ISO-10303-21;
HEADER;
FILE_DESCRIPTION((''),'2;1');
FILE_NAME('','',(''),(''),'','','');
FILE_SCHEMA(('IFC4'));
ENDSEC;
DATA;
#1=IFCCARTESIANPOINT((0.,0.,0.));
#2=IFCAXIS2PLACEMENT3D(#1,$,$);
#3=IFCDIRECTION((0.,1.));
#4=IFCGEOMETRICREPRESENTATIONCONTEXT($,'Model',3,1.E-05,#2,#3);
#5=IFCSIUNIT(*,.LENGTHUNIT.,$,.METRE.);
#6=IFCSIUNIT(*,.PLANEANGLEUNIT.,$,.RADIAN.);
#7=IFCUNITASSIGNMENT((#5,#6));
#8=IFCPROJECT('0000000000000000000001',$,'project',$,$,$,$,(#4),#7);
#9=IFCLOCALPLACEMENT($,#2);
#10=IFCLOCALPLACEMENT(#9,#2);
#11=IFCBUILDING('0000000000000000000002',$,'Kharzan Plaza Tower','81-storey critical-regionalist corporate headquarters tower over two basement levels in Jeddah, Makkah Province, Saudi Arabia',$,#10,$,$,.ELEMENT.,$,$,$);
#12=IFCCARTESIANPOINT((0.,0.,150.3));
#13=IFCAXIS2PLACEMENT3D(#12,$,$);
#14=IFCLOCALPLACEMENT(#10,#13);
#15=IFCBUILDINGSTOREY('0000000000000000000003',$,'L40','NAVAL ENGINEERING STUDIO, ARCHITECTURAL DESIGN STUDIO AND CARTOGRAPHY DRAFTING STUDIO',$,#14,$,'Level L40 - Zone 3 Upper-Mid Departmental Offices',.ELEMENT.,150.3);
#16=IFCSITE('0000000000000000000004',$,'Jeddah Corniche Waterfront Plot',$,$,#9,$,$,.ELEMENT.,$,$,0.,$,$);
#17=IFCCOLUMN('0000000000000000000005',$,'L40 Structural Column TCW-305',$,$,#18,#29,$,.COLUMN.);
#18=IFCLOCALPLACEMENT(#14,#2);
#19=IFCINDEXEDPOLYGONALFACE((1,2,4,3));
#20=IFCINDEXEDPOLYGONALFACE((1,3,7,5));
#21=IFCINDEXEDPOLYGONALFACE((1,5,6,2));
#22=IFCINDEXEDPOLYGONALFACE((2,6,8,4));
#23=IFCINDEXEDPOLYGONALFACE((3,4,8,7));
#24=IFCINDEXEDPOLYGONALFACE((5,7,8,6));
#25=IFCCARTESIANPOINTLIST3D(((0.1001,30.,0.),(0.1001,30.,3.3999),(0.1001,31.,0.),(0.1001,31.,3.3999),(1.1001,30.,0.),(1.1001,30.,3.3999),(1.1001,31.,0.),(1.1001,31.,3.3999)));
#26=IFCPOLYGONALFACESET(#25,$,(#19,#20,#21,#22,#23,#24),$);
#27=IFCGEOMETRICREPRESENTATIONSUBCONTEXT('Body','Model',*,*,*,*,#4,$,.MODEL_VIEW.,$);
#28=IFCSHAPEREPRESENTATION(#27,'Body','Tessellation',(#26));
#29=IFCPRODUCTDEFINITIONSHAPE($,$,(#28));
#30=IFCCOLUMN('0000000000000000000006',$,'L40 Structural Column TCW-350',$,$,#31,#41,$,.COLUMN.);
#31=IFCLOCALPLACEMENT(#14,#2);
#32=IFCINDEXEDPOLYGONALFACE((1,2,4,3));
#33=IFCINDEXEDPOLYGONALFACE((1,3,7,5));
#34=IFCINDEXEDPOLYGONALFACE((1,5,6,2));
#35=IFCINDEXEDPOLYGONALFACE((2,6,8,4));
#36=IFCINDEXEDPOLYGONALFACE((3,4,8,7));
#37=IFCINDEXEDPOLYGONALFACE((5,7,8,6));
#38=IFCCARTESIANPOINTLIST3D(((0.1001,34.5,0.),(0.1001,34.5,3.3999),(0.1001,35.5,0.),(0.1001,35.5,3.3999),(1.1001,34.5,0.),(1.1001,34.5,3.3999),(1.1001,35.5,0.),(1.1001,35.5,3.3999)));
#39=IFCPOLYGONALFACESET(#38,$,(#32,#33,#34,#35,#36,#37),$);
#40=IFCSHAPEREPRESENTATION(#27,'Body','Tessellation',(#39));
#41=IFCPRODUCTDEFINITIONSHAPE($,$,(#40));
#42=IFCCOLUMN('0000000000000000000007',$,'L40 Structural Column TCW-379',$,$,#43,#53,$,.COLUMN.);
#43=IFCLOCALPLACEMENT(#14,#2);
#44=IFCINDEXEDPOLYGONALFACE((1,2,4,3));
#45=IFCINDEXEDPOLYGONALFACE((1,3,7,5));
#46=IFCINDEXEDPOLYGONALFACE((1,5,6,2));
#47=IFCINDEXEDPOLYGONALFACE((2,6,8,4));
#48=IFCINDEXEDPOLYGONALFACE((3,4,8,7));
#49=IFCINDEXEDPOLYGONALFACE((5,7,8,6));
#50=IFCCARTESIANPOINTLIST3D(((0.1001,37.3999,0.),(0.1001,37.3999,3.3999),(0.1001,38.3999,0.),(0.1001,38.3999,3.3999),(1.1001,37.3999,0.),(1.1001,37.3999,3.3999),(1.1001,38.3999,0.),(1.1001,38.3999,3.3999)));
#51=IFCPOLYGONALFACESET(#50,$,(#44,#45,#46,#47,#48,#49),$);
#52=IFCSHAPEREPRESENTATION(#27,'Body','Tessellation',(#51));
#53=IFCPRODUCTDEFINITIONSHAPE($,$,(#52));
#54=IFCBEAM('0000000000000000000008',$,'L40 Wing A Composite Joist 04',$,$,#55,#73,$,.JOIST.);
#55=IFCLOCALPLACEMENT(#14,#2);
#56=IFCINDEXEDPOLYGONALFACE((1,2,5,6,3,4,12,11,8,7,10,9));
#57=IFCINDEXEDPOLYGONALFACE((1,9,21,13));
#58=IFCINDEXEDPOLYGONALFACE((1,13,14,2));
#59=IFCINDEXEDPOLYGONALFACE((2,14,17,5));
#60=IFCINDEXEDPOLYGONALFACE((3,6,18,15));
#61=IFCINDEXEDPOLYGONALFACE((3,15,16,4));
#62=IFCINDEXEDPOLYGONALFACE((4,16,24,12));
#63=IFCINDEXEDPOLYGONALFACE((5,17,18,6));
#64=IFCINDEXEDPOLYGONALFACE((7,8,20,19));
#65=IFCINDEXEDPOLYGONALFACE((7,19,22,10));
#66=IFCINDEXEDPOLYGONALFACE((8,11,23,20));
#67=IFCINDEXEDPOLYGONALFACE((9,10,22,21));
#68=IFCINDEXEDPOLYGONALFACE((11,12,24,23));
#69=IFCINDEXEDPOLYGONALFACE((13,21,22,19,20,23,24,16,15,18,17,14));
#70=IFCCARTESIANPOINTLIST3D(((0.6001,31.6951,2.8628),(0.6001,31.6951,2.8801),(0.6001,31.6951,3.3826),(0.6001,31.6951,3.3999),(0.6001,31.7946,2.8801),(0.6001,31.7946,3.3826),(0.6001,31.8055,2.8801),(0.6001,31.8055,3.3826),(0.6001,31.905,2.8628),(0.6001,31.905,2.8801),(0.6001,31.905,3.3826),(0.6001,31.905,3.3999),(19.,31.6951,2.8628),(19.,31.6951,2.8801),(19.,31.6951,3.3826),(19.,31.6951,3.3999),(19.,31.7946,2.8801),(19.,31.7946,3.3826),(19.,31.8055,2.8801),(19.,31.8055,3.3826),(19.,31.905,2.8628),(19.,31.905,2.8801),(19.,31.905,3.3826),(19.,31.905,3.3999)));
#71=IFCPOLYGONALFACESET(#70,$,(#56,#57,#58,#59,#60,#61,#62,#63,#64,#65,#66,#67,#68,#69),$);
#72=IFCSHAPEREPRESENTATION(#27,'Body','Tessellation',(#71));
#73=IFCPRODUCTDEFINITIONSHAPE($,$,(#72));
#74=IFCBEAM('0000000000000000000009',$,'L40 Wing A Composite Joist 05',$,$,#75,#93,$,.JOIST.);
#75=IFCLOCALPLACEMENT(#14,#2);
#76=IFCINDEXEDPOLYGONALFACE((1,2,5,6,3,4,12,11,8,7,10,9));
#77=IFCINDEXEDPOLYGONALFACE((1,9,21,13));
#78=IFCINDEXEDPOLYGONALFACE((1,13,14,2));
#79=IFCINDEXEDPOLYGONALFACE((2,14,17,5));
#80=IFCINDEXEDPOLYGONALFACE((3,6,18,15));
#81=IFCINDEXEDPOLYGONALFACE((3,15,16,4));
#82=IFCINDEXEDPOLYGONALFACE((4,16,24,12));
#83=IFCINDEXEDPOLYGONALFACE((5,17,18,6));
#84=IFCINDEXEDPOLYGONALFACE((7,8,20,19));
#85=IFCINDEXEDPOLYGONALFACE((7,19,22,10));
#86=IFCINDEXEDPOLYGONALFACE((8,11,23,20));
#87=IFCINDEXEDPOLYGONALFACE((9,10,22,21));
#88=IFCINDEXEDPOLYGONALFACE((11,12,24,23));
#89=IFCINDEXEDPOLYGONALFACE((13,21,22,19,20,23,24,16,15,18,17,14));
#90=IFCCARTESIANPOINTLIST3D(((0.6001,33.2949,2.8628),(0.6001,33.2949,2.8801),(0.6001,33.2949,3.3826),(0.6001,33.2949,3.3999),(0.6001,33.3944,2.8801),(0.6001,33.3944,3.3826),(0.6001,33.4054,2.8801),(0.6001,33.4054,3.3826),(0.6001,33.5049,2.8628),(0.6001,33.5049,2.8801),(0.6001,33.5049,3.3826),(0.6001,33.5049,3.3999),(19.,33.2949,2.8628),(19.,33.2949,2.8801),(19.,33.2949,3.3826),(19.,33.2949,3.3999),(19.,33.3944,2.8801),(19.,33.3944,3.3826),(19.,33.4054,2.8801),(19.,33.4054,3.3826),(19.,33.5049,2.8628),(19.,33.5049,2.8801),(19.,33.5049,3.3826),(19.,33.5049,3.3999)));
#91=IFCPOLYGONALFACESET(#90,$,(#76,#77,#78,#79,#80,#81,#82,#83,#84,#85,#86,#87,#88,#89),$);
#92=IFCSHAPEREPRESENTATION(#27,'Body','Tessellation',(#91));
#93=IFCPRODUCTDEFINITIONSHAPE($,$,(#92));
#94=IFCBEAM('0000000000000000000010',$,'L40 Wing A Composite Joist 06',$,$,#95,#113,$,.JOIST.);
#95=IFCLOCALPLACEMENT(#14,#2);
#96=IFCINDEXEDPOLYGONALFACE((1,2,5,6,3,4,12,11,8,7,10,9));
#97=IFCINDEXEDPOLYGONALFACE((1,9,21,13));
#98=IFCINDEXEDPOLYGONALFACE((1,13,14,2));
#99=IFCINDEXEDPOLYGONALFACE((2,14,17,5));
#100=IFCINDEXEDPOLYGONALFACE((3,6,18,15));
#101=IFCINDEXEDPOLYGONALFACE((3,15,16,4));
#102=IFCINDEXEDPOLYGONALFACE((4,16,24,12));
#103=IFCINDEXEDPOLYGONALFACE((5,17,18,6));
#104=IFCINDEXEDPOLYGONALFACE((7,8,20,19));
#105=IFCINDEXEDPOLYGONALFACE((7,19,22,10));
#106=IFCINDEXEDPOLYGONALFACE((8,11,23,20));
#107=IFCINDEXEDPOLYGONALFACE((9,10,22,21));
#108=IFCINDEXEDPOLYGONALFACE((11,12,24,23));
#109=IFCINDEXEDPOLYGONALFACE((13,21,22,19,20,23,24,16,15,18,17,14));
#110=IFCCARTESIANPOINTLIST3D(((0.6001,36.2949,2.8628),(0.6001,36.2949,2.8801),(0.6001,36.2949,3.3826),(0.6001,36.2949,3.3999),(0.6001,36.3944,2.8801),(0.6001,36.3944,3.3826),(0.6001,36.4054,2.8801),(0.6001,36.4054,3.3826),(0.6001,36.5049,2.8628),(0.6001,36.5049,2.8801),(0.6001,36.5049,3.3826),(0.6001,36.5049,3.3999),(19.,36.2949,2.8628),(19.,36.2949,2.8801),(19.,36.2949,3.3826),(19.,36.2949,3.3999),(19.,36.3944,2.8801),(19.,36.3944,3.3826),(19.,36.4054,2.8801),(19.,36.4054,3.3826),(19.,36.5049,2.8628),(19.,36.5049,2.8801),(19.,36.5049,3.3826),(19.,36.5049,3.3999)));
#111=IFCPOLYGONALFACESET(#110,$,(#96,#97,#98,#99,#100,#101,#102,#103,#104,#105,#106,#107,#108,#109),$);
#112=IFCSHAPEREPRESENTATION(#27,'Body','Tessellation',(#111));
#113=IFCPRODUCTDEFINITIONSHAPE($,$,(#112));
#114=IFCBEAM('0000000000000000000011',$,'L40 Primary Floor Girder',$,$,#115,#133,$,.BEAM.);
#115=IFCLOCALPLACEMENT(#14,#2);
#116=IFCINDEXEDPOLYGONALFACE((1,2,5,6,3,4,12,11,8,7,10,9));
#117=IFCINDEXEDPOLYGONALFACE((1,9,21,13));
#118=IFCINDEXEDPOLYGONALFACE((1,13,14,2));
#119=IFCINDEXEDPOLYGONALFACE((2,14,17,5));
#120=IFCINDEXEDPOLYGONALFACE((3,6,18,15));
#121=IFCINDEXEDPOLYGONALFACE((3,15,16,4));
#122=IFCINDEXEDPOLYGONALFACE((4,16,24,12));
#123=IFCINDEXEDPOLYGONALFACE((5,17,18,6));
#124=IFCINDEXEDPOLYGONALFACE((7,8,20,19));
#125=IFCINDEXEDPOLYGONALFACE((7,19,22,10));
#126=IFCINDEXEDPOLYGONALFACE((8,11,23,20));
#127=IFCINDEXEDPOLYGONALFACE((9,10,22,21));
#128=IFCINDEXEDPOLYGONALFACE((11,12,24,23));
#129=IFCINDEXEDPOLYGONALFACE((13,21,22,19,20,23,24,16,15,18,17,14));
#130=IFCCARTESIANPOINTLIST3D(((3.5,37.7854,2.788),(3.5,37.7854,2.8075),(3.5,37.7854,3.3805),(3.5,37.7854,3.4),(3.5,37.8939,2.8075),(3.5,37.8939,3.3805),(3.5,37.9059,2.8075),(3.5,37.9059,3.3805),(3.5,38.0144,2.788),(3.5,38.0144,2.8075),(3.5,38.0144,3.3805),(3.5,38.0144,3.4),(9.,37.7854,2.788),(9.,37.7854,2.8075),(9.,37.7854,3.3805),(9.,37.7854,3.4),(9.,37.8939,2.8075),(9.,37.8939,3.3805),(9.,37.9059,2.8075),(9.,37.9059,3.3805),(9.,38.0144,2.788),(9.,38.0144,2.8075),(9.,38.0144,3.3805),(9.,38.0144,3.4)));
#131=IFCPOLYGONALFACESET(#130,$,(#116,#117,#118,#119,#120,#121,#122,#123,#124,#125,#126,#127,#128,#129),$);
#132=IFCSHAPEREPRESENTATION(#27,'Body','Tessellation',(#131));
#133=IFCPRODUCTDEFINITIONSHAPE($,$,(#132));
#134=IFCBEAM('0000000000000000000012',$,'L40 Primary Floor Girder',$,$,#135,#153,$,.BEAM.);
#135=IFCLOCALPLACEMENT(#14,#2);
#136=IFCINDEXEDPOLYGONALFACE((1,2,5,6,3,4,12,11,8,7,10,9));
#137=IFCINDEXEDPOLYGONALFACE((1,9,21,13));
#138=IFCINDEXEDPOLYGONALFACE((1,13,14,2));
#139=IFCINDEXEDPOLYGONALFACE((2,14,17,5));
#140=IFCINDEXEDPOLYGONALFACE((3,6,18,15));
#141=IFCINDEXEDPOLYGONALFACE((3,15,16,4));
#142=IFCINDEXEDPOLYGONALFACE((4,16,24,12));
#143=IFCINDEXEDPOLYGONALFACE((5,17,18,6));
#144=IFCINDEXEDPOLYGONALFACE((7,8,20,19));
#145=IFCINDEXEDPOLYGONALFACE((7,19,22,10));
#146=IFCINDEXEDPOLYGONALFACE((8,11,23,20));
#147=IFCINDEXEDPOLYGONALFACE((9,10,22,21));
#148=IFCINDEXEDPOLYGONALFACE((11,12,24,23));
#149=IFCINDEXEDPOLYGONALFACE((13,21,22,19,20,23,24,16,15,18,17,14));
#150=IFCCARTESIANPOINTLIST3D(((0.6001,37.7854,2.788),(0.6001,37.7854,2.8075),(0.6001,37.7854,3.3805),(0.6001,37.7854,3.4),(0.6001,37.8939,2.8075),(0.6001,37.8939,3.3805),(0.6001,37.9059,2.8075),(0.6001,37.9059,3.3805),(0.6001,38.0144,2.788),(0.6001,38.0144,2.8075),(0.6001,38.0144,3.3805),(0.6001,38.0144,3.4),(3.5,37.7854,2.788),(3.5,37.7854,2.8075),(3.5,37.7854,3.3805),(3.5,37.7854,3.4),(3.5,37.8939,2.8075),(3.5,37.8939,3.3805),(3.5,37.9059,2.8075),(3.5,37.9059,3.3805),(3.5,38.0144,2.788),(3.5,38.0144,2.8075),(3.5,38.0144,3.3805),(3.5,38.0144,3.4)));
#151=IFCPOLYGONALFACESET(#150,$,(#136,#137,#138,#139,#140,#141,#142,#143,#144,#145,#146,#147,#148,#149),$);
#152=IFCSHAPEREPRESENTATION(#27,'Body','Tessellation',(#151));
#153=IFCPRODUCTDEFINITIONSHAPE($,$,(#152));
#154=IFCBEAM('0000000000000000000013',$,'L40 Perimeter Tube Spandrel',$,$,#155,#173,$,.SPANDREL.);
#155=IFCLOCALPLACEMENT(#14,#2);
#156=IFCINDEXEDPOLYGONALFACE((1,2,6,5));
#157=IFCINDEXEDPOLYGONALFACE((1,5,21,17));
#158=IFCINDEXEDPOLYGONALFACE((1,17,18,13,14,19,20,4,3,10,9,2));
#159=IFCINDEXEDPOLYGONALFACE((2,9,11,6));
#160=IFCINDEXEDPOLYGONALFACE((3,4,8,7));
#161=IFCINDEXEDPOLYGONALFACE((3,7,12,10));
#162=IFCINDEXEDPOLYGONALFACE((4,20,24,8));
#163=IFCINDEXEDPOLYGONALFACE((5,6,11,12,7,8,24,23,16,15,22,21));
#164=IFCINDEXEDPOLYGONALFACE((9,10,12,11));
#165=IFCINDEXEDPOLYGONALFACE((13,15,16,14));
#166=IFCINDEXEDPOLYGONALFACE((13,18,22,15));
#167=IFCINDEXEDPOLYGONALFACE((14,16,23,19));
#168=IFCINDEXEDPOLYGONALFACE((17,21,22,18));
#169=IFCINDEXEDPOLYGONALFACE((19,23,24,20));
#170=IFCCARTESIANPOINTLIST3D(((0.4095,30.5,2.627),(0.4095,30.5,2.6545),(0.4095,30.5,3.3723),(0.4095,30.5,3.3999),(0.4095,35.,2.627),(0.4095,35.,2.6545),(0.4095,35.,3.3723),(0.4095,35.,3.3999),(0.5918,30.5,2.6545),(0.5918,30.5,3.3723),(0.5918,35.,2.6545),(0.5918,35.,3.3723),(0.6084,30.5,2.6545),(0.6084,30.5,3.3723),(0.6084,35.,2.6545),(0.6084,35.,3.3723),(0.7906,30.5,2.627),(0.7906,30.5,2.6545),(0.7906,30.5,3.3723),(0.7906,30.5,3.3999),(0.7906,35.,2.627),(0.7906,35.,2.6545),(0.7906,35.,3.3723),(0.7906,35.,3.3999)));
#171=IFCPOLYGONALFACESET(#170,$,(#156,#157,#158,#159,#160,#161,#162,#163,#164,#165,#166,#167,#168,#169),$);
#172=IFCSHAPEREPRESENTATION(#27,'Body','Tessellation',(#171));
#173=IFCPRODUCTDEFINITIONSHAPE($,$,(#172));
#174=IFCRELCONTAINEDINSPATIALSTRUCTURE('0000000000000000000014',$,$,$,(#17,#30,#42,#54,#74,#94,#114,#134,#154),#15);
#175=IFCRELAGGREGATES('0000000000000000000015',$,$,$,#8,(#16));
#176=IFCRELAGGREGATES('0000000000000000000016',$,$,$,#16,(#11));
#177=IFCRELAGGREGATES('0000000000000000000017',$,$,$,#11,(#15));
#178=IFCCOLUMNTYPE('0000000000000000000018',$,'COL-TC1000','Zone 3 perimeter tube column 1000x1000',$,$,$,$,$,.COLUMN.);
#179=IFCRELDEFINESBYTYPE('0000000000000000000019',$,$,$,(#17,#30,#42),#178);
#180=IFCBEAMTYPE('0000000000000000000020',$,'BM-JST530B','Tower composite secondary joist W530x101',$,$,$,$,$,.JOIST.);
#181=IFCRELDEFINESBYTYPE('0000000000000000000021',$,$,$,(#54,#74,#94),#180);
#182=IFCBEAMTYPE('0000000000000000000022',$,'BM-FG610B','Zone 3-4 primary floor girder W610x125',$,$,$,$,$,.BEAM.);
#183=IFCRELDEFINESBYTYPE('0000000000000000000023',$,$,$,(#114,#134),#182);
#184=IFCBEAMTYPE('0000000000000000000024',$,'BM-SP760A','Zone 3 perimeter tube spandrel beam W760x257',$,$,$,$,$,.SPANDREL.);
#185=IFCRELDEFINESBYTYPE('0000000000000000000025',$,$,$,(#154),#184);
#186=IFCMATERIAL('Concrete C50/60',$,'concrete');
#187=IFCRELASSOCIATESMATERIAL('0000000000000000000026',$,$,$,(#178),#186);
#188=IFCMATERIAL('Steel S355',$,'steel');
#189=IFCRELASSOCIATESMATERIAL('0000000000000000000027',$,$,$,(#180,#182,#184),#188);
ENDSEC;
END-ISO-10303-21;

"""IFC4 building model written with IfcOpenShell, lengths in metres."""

from ifc_helpers import new_model, si_unit, direction, frame, origin, origin_2d, place, context, subcontext, project, spatial, rectangle, i_section, extrude, source, transform, mapped, material, material_profile, profile_set, type_object, element, save


model = new_model("IFC4")

# Units and contexts
model_context = context("Model", 3, precision=1e-05, world=origin(), true_north=direction((0.0, 1.0)))
body_context = subcontext(model_context, "Body", "Model", "MODEL_VIEW")
ifc_project = project(units=[si_unit("LENGTHUNIT", "METRE"), si_unit("PLANEANGLEUNIT", "RADIAN")], contexts=[model_context])

# Site, building, storey
site_placement = place(None, origin())
site = spatial("IfcSite", under=ifc_project, at=site_placement, Name="Jeddah Corniche Waterfront Plot", CompositionType="ELEMENT", RefElevation=0.0)
building_placement = place(site_placement, origin())
building = spatial("IfcBuilding", under=site, at=building_placement, Name="Kharzan Plaza Tower", Description="81-storey critical-regionalist corporate headquarters tower over two basement levels in Jeddah, Makkah Province, Saudi Arabia", CompositionType="ELEMENT")
storey_placement = place(building_placement, frame((0.0, 0.0, 150.3)))
storey = spatial("IfcBuildingStorey", under=building, at=storey_placement, Name="L40", Description="NAVAL ENGINEERING STUDIO, ARCHITECTURAL DESIGN STUDIO AND CARTOGRAPHY DRAFTING STUDIO", LongName="Level L40 - Zone 3 Upper-Mid Departmental Offices", CompositionType="ELEMENT", Elevation=150.3)

# Columns
ifc_material_1 = material(Name="Concrete C50/60", Category="concrete")
ifc_material_profile_1 = material_profile(ifc_material_1, rectangle(XDim=1.0, YDim=1.0, at=origin_2d()), Name="RC-TC1000x1000")
ifc_profile_set_1 = profile_set([ifc_material_profile_1], Name="Concrete C50/60")
column_type = type_object("IfcColumnType", Name="COL-TC1000", Description="Zone 3 perimeter tube column 1000x1000", PredefinedType="COLUMN", material=ifc_profile_set_1)
shared_shape_1 = source(origin(), body_context, "Body", "SweptSolid", [
    extrude(rectangle(XDim=1.0, YDim=1.0, at=origin_2d()), origin(), (0.0, 0.0, 1.0), 3.3999),
])
for number, where, z_axis, x_axis, name in (
    (1, (0.6001, 30.5, 0.0), (0.0, 0.0, 1.0), (1.0, 0.0, 0.0), "L40 Structural Column TCW-305"),
    (2, (0.6001, 35.0, 0.0), (0.0, 0.0, 1.0), (1.0, 0.0, 0.0), "L40 Structural Column TCW-350"),
    (3, (0.6001, 37.8999, 0.0), (0.0, 0.0, 1.0), (1.0, 0.0, 0.0), "L40 Structural Column TCW-379"),
):
    element("IfcColumn", number, at=place(storey_placement, frame(where, z_axis=z_axis, x_axis=x_axis)), inside=storey, type_object=column_type, Name=name, PredefinedType="COLUMN", context=body_context, shape_type="MappedRepresentation", body=[
        mapped(shared_shape_1, transform((0.0, 0.0, 0.0), x_axis=(1.0, 0.0, 0.0), y_axis=(0.0, 1.0, 0.0), z_axis=(0.0, 0.0, 1.0))),
    ])

# Beams
ifc_material_2 = material(Name="Steel S355", Category="steel")
ifc_material_profile_2 = material_profile(ifc_material_2, i_section(OverallWidth=0.21, OverallDepth=0.5371, WebThickness=0.011, FlangeThickness=0.0173, at=origin_2d()), Name="W530x101")
ifc_profile_set_2 = profile_set([ifc_material_profile_2], Name="Steel S355")
beam_type_1 = type_object("IfcBeamType", Name="BM-JST530B", Description="Tower composite secondary joist W530x101", PredefinedType="JOIST", material=ifc_profile_set_2)
shared_shape_2 = source(origin(), body_context, "Body", "SweptSolid", [
    extrude(i_section(OverallWidth=0.21, OverallDepth=0.5371, WebThickness=0.011, FlangeThickness=0.0173, at=origin_2d()), origin(), (0.0, 0.0, 1.0), 18.3999),
])
for number, where, z_axis, x_axis, name in (
    (4, (0.6001, 31.8, 3.1313), (1.0, 0.0, 0.0), (0.0, 1.0, 0.0), "L40 Wing A Composite Joist 04"),
    (5, (0.6001, 33.3999, 3.1313), (1.0, 0.0, 0.0), (0.0, 1.0, 0.0), "L40 Wing A Composite Joist 05"),
    (6, (0.6001, 36.3999, 3.1313), (1.0, 0.0, 0.0), (0.0, 1.0, 0.0), "L40 Wing A Composite Joist 06"),
):
    element("IfcBeam", number, at=place(storey_placement, frame(where, z_axis=z_axis, x_axis=x_axis)), inside=storey, type_object=beam_type_1, Name=name, PredefinedType="JOIST", context=body_context, shape_type="MappedRepresentation", body=[
        mapped(shared_shape_2, transform((0.0, 0.0, 0.0), x_axis=(1.0, 0.0, 0.0), y_axis=(0.0, 1.0, 0.0), z_axis=(0.0, 0.0, 1.0))),
    ])
ifc_material_profile_3 = material_profile(ifc_material_2, i_section(OverallWidth=0.229, OverallDepth=0.6121, WebThickness=0.012, FlangeThickness=0.0195, at=origin_2d()), Name="W610x125")
ifc_profile_set_3 = profile_set([ifc_material_profile_3], Name="Steel S355")
beam_type_2 = type_object("IfcBeamType", Name="BM-FG610B", Description="Zone 3-4 primary floor girder W610x125", PredefinedType="BEAM", material=ifc_profile_set_3)
shared_shape_3 = source(origin(), body_context, "Body", "SweptSolid", [
    extrude(i_section(OverallWidth=0.229, OverallDepth=0.6121, WebThickness=0.012, FlangeThickness=0.0195, at=origin_2d()), origin(), (0.0, 0.0, 1.0), 5.5),
])
beam_1_placement = place(storey_placement, frame((3.5, 37.8999, 3.094), z_axis=(1.0, 0.0, 0.0), x_axis=(0.0, 1.0, 0.0)))
element("IfcBeam", 7, at=beam_1_placement, inside=storey, type_object=beam_type_2, Name="L40 Primary Floor Girder", PredefinedType="BEAM", context=body_context, shape_type="MappedRepresentation", body=[
    mapped(shared_shape_3, transform((0.0, 0.0, 0.0), x_axis=(1.0, 0.0, 0.0), y_axis=(0.0, 1.0, 0.0), z_axis=(0.0, 0.0, 1.0))),
])
shared_shape_4 = source(origin(), body_context, "Body", "SweptSolid", [
    extrude(i_section(OverallWidth=0.229, OverallDepth=0.6121, WebThickness=0.012, FlangeThickness=0.0195, at=origin_2d()), origin(), (0.0, 0.0, 1.0), 2.8999),
])
beam_2_placement = place(storey_placement, frame((0.6001, 37.8999, 3.094), z_axis=(1.0, 0.0, 0.0), x_axis=(0.0, 1.0, 0.0)))
element("IfcBeam", 8, at=beam_2_placement, inside=storey, type_object=beam_type_2, Name="L40 Primary Floor Girder", PredefinedType="BEAM", context=body_context, shape_type="MappedRepresentation", body=[
    mapped(shared_shape_4, transform((0.0, 0.0, 0.0), x_axis=(1.0, 0.0, 0.0), y_axis=(0.0, 1.0, 0.0), z_axis=(0.0, 0.0, 1.0))),
])
ifc_material_profile_4 = material_profile(ifc_material_2, i_section(OverallWidth=0.3811, OverallDepth=0.7729, WebThickness=0.0166, FlangeThickness=0.0276, at=origin_2d()), Name="W760x257")
ifc_profile_set_4 = profile_set([ifc_material_profile_4], Name="Steel S355")
beam_type_3 = type_object("IfcBeamType", Name="BM-SP760A", Description="Zone 3 perimeter tube spandrel beam W760x257", PredefinedType="SPANDREL", material=ifc_profile_set_4)
shared_shape_5 = source(origin(), body_context, "Body", "SweptSolid", [
    extrude(i_section(OverallWidth=0.3811, OverallDepth=0.7729, WebThickness=0.0166, FlangeThickness=0.0276, at=origin_2d()), origin(), (0.0, 0.0, 1.0), 4.5),
])
beam_3_placement = place(storey_placement, frame((0.6001, 30.5, 3.0134), z_axis=(0.0, 1.0, 0.0), x_axis=(-1.0, 0.0, 0.0)))
element("IfcBeam", 9, at=beam_3_placement, inside=storey, type_object=beam_type_3, Name="L40 Perimeter Tube Spandrel", PredefinedType="SPANDREL", context=body_context, shape_type="MappedRepresentation", body=[
    mapped(shared_shape_5, transform((0.0, 0.0, 0.0), x_axis=(1.0, 0.0, 0.0), y_axis=(0.0, 1.0, 0.0), z_axis=(0.0, 0.0, 1.0))),
])

save(model, "model.ifc")
